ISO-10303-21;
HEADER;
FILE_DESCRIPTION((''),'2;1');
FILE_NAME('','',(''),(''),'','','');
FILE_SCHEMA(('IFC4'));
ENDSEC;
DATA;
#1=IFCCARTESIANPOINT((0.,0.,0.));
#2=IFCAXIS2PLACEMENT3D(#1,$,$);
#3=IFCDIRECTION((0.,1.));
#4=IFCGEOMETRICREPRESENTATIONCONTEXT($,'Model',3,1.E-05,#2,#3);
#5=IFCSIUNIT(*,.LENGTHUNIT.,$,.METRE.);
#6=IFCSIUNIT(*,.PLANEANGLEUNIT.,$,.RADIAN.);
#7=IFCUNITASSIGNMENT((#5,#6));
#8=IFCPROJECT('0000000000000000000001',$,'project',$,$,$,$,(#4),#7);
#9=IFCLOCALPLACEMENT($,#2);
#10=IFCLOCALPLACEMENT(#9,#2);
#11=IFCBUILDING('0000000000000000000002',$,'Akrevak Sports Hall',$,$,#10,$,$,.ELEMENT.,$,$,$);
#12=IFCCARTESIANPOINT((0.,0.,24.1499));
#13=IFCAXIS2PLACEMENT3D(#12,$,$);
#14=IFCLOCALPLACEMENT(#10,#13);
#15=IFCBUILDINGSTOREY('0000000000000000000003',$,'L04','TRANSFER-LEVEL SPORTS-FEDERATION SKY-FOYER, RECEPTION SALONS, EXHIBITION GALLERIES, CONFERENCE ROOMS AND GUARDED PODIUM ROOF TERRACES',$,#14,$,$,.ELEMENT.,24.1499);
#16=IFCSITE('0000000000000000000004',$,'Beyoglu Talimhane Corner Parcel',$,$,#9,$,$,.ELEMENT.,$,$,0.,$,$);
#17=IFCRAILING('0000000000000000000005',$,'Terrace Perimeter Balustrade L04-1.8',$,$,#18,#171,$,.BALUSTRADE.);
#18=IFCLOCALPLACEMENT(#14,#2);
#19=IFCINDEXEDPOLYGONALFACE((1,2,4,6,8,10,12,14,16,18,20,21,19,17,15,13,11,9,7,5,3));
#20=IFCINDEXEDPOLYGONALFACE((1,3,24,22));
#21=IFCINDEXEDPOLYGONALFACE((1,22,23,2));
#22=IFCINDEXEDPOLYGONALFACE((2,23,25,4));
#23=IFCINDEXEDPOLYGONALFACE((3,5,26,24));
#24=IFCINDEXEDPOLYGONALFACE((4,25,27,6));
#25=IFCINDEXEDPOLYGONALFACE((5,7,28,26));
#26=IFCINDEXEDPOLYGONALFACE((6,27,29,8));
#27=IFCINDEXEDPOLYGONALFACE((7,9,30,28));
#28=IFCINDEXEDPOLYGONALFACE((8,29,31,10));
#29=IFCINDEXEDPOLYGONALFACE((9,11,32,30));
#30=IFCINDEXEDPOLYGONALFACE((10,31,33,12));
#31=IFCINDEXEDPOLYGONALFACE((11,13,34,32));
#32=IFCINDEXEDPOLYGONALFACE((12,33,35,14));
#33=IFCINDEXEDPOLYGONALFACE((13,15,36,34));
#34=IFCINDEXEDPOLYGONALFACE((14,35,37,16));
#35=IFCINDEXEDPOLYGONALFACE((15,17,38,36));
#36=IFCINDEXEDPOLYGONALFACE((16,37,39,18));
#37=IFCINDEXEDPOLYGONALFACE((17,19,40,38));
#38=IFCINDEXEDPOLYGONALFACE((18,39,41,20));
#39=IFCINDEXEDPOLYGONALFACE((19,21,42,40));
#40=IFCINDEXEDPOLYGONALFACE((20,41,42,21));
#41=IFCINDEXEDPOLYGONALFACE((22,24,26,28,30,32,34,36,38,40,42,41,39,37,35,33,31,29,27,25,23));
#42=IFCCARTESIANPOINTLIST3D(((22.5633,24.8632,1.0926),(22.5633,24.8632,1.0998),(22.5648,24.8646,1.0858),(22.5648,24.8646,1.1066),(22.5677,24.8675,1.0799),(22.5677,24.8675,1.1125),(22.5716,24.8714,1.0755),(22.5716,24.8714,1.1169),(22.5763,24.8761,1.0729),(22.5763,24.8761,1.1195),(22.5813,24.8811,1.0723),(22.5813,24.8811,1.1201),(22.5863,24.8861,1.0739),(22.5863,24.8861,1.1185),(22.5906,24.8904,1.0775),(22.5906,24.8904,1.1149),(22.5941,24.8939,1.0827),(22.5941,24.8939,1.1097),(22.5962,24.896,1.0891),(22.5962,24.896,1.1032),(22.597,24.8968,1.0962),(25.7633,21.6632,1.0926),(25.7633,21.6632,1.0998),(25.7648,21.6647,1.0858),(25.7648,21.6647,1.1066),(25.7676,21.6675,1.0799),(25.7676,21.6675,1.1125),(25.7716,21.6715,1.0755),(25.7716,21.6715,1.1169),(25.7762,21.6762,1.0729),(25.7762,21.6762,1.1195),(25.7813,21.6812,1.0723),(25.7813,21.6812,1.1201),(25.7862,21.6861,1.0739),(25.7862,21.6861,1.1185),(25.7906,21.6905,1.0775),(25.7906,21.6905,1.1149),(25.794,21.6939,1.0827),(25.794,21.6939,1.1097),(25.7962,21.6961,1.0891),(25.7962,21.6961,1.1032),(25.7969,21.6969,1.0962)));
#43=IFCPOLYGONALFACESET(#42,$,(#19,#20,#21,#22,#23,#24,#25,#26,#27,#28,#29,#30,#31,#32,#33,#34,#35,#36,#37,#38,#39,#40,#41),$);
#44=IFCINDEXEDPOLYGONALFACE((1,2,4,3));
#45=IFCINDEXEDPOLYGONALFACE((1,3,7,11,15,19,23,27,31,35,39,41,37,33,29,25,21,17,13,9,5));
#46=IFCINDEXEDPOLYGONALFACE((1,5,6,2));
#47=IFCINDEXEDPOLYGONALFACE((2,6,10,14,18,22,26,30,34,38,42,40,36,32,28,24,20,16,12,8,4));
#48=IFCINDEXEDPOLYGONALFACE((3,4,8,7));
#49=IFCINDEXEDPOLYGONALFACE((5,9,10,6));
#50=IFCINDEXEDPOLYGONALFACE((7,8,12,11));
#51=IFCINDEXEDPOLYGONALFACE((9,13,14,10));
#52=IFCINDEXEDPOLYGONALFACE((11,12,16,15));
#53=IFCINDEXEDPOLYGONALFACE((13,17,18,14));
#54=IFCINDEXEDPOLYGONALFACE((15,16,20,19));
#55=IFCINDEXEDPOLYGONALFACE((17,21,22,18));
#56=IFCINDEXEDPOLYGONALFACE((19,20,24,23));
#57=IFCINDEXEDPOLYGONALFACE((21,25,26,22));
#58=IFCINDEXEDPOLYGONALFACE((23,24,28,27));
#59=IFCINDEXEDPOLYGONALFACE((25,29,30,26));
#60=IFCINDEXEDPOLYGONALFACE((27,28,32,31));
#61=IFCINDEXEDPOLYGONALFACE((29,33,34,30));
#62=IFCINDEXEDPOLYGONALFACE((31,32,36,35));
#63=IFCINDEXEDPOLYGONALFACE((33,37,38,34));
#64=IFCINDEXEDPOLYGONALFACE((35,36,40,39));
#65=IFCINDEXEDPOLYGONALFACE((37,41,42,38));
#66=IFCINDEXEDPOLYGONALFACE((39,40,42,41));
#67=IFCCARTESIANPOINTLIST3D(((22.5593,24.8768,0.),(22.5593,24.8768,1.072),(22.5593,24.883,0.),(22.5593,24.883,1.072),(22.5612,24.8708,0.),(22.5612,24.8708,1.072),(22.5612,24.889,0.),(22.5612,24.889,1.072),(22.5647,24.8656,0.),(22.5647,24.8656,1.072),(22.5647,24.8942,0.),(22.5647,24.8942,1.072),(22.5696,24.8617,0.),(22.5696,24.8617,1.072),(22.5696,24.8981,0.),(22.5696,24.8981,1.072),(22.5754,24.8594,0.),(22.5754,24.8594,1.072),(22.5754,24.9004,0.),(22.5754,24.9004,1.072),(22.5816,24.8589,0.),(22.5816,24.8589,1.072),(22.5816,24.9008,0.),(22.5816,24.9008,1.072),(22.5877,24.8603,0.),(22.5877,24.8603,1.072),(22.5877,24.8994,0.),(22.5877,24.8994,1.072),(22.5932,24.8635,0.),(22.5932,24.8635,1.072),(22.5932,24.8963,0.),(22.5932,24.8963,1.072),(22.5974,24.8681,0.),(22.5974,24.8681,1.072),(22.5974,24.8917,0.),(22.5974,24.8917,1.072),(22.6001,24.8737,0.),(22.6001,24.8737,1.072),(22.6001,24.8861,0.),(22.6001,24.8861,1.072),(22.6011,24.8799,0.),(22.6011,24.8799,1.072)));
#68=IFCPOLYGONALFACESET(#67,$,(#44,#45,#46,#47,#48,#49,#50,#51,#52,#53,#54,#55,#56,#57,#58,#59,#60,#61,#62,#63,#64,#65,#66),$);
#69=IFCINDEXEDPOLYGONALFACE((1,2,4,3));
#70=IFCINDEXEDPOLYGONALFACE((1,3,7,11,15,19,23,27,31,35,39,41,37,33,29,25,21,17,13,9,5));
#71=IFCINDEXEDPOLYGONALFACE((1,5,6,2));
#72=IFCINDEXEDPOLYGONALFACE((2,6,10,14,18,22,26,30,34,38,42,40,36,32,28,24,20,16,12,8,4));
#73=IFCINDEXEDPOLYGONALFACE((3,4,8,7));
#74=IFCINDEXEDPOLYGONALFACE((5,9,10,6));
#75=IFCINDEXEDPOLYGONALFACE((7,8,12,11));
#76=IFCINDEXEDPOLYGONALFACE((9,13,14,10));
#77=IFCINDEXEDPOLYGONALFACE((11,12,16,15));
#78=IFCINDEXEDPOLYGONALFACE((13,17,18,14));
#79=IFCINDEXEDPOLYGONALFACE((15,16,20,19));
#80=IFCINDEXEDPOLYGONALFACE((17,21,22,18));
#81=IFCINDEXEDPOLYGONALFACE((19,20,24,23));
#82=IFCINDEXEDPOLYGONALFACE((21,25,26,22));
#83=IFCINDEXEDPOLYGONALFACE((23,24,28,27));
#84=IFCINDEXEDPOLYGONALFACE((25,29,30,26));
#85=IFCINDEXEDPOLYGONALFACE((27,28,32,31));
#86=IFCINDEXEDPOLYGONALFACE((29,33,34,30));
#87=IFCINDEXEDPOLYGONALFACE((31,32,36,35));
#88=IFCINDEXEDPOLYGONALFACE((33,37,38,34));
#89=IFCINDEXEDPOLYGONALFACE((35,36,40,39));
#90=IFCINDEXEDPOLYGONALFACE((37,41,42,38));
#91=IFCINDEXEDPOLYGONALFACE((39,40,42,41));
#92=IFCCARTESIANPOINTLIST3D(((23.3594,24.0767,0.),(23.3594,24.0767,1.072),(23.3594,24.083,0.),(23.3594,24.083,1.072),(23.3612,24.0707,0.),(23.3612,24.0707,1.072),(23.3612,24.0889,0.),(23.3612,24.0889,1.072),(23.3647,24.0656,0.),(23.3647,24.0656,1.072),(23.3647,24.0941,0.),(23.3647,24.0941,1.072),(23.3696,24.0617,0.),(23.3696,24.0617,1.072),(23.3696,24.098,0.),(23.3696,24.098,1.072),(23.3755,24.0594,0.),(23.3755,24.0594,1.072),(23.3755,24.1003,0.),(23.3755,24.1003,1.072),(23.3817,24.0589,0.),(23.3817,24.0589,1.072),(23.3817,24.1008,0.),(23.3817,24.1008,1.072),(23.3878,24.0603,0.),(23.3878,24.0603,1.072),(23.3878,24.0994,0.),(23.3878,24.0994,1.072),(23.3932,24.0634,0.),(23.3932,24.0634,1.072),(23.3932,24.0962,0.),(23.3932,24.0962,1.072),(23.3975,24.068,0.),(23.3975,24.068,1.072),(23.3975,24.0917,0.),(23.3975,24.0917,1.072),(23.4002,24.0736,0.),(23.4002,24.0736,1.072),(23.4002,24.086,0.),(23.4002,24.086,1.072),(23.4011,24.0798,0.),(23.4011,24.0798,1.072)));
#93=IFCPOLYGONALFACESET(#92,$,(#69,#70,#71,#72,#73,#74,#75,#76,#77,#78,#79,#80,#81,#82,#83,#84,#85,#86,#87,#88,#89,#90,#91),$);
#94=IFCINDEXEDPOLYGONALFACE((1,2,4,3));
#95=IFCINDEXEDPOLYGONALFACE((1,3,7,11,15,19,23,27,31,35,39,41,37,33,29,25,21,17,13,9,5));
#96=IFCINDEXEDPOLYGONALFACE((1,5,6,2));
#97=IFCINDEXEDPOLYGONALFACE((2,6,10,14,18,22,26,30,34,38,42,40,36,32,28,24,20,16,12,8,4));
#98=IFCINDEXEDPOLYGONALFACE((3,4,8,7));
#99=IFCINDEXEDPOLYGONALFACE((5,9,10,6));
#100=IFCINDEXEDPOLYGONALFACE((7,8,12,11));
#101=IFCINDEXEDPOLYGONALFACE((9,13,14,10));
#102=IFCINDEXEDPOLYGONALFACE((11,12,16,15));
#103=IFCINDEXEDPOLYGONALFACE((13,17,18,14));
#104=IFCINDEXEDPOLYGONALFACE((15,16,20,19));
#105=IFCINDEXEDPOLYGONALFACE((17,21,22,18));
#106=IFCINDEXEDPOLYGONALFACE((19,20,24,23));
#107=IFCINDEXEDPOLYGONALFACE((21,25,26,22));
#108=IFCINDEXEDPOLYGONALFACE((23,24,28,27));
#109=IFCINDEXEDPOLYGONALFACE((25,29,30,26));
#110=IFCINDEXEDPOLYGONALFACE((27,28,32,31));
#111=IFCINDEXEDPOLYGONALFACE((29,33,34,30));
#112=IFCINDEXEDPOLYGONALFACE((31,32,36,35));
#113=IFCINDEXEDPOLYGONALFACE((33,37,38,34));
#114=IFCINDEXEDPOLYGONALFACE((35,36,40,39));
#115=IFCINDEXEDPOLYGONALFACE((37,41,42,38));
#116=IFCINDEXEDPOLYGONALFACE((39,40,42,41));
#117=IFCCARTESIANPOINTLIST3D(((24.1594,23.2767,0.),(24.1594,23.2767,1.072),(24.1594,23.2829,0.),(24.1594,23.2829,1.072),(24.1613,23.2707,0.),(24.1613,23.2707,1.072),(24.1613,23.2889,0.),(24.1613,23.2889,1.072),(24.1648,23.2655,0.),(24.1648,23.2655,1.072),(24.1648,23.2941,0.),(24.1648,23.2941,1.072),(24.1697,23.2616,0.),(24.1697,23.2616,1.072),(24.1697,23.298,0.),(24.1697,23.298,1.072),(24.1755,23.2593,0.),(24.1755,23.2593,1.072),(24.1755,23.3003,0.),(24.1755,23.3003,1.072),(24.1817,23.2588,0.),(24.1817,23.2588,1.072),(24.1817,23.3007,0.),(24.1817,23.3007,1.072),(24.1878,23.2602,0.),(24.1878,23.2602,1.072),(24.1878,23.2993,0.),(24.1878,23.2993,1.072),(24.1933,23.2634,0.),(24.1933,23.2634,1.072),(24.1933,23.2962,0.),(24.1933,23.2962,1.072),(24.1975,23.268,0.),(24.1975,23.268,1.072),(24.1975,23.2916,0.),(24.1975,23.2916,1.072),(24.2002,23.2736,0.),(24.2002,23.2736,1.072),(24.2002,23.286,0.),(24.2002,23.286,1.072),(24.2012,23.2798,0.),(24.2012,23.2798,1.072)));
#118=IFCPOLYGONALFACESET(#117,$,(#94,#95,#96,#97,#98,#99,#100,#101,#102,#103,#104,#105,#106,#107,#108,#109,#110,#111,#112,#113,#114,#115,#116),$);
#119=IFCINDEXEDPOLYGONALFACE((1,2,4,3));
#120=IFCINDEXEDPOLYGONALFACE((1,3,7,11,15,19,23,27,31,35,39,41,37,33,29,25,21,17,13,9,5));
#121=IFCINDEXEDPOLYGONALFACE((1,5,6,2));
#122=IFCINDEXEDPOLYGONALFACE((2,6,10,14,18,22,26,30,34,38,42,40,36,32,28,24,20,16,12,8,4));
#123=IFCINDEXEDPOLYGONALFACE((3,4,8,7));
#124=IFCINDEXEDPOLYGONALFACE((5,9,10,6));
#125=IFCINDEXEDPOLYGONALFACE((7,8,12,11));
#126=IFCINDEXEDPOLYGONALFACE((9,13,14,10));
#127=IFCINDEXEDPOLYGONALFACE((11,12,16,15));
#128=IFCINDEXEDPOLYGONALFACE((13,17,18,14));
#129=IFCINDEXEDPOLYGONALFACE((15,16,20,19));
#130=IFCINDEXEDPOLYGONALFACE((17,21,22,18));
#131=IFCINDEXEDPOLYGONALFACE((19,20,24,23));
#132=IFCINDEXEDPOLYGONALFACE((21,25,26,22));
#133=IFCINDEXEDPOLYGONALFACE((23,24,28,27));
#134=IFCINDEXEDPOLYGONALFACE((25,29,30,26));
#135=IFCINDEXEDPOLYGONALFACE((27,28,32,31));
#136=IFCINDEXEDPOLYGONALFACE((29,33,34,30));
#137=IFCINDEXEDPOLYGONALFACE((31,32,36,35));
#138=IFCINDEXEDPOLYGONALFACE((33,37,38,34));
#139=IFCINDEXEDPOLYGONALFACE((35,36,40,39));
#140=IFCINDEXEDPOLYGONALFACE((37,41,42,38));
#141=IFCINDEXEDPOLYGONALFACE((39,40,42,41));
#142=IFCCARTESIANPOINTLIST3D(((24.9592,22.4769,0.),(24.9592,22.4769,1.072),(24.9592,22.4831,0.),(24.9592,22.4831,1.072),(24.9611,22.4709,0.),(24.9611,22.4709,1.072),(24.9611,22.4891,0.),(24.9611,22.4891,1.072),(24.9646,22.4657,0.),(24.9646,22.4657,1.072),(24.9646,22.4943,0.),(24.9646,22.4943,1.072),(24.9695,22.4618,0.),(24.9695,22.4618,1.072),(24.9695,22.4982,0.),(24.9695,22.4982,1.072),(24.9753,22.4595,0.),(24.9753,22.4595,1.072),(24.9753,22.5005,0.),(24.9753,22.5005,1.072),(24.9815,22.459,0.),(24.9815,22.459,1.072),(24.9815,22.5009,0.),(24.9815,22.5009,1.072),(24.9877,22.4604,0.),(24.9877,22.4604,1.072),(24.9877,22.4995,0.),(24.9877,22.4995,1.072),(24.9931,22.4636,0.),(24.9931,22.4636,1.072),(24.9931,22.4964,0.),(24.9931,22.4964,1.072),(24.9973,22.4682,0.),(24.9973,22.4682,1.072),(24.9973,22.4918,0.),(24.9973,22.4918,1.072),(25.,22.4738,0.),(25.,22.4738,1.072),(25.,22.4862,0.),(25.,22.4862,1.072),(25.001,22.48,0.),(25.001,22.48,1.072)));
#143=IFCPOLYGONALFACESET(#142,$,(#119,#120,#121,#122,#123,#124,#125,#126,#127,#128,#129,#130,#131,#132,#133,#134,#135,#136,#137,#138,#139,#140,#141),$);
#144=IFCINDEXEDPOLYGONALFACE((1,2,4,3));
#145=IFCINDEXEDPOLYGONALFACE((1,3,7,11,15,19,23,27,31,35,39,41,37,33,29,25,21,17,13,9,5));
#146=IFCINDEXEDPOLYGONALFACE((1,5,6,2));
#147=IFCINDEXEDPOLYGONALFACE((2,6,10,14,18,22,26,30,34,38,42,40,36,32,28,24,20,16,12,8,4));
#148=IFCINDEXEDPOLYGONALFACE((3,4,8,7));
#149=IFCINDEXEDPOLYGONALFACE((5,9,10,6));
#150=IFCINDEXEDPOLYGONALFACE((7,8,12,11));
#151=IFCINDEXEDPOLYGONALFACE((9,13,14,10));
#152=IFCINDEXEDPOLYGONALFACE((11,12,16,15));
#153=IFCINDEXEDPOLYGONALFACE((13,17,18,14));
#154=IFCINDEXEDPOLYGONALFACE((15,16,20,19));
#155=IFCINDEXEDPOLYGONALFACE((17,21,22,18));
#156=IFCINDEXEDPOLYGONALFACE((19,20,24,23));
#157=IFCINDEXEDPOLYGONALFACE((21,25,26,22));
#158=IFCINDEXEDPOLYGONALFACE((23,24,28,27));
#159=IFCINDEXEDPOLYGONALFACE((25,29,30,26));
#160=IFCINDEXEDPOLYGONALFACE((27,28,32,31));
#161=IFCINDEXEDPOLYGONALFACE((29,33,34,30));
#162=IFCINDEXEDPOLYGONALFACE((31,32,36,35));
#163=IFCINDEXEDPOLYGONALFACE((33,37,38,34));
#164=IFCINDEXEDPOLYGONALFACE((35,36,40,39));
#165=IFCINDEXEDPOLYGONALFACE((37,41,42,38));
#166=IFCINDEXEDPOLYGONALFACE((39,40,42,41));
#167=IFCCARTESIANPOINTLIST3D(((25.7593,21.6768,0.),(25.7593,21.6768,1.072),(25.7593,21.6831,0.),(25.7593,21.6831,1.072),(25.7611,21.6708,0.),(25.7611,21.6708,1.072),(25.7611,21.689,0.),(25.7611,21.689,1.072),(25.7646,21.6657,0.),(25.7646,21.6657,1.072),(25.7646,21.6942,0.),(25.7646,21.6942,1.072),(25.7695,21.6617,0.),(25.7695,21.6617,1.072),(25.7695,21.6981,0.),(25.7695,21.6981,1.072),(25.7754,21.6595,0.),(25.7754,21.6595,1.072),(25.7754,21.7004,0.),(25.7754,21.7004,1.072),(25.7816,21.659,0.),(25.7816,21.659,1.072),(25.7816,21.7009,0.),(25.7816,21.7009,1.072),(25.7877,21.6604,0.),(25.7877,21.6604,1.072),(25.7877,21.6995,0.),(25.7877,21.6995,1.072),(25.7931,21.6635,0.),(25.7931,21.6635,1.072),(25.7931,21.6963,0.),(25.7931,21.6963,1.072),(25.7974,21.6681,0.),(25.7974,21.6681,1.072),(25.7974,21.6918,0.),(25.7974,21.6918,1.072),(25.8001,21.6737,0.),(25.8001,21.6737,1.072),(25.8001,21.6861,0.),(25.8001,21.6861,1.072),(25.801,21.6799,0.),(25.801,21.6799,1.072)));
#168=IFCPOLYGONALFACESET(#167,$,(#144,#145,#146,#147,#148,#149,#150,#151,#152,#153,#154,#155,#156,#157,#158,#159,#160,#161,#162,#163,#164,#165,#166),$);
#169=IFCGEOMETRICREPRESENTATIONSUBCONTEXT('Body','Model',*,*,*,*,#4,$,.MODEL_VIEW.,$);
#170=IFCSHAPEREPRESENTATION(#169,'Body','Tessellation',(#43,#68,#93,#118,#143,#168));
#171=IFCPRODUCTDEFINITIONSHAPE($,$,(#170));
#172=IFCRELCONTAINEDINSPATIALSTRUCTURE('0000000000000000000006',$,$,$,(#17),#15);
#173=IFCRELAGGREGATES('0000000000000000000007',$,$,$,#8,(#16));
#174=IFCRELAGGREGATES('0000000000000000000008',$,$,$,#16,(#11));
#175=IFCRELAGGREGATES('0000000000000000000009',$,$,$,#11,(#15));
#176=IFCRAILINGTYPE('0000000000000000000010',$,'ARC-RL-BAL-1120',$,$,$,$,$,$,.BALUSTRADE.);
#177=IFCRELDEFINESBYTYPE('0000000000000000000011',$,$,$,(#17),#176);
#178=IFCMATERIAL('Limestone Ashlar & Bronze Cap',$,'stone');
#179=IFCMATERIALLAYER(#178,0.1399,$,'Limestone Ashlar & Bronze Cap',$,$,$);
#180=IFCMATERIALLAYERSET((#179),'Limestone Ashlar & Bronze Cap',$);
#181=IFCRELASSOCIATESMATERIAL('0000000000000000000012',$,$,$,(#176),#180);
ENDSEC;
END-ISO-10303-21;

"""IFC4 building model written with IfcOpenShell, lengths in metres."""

from ifc_helpers import new_model, si_unit, direction, frame, origin, origin_2d, place, context, subcontext, project, spatial, circle, extrude, material, layer, layer_set, type_object, element, save


model = new_model("IFC4")

# Units and contexts
model_context = context("Model", 3, precision=1e-05, world=origin(), true_north=direction((0.0, 1.0)))
body_context = subcontext(model_context, "Body", "Model", "MODEL_VIEW")
ifc_project = project(units=[si_unit("LENGTHUNIT", "METRE"), si_unit("PLANEANGLEUNIT", "RADIAN")], contexts=[model_context])

# Site, building, storey
site_placement = place(None, origin())
site = spatial("IfcSite", under=ifc_project, at=site_placement, Name="Beyoglu Talimhane Corner Parcel", CompositionType="ELEMENT", RefElevation=0.0)
building_placement = place(site_placement, origin())
building = spatial("IfcBuilding", under=site, at=building_placement, Name="Akrevak Sports Hall", CompositionType="ELEMENT")
storey_placement = place(building_placement, frame((0.0, 0.0, 24.1499)))
storey = spatial("IfcBuildingStorey", under=building, at=storey_placement, Name="L04", Description="TRANSFER-LEVEL SPORTS-FEDERATION SKY-FOYER, RECEPTION SALONS, EXHIBITION GALLERIES, CONFERENCE ROOMS AND GUARDED PODIUM ROOF TERRACES", CompositionType="ELEMENT", Elevation=24.1499)

# Railing
ifc_material_1 = material(Name="Limestone Ashlar & Bronze Cap", Category="stone")
ifc_layer_1 = layer(ifc_material_1, 0.1399, Name="Limestone Ashlar & Bronze Cap")
ifc_layer_set_1 = layer_set([ifc_layer_1], Name="Limestone Ashlar & Bronze Cap")
railing_type = type_object("IfcRailingType", Name="ARC-RL-BAL-1120", PredefinedType="BALUSTRADE", material=ifc_layer_set_1)
railing_1_placement = place(storey_placement, frame((22.5801, 24.8799, 0.0)))
element("IfcRailing", 1, at=railing_1_placement, inside=storey, type_object=railing_type, Name="Terrace Perimeter Balustrade L04-1.8", PredefinedType="BALUSTRADE", context=body_context, shape_type="SweptSolid", body=[
    extrude(circle(Radius=0.0239, at=origin_2d()), frame((0.0, 0.0, 1.0962), z_axis=(0.707107, -0.707107, 0.0), x_axis=(0.707107, 0.707107, 0.0)), (0.0, 0.0, 1.0), 4.5254),
    extrude(circle(Radius=0.021, at=origin_2d()), origin(), (0.0, 0.0, 1.0), 1.072),
    extrude(circle(Radius=0.021, at=origin_2d()), frame((0.8, -0.8, 0.0)), (0.0, 0.0, 1.0), 1.072),
    extrude(circle(Radius=0.021, at=origin_2d()), frame((1.6001, -1.6001, 0.0)), (0.0, 0.0, 1.0), 1.072),
    extrude(circle(Radius=0.021, at=origin_2d()), frame((2.3999, -2.3999, 0.0)), (0.0, 0.0, 1.0), 1.072),
    extrude(circle(Radius=0.021, at=origin_2d()), frame((3.2, -3.2, 0.0)), (0.0, 0.0, 1.0), 1.072),
])

save(model, "model.ifc")
